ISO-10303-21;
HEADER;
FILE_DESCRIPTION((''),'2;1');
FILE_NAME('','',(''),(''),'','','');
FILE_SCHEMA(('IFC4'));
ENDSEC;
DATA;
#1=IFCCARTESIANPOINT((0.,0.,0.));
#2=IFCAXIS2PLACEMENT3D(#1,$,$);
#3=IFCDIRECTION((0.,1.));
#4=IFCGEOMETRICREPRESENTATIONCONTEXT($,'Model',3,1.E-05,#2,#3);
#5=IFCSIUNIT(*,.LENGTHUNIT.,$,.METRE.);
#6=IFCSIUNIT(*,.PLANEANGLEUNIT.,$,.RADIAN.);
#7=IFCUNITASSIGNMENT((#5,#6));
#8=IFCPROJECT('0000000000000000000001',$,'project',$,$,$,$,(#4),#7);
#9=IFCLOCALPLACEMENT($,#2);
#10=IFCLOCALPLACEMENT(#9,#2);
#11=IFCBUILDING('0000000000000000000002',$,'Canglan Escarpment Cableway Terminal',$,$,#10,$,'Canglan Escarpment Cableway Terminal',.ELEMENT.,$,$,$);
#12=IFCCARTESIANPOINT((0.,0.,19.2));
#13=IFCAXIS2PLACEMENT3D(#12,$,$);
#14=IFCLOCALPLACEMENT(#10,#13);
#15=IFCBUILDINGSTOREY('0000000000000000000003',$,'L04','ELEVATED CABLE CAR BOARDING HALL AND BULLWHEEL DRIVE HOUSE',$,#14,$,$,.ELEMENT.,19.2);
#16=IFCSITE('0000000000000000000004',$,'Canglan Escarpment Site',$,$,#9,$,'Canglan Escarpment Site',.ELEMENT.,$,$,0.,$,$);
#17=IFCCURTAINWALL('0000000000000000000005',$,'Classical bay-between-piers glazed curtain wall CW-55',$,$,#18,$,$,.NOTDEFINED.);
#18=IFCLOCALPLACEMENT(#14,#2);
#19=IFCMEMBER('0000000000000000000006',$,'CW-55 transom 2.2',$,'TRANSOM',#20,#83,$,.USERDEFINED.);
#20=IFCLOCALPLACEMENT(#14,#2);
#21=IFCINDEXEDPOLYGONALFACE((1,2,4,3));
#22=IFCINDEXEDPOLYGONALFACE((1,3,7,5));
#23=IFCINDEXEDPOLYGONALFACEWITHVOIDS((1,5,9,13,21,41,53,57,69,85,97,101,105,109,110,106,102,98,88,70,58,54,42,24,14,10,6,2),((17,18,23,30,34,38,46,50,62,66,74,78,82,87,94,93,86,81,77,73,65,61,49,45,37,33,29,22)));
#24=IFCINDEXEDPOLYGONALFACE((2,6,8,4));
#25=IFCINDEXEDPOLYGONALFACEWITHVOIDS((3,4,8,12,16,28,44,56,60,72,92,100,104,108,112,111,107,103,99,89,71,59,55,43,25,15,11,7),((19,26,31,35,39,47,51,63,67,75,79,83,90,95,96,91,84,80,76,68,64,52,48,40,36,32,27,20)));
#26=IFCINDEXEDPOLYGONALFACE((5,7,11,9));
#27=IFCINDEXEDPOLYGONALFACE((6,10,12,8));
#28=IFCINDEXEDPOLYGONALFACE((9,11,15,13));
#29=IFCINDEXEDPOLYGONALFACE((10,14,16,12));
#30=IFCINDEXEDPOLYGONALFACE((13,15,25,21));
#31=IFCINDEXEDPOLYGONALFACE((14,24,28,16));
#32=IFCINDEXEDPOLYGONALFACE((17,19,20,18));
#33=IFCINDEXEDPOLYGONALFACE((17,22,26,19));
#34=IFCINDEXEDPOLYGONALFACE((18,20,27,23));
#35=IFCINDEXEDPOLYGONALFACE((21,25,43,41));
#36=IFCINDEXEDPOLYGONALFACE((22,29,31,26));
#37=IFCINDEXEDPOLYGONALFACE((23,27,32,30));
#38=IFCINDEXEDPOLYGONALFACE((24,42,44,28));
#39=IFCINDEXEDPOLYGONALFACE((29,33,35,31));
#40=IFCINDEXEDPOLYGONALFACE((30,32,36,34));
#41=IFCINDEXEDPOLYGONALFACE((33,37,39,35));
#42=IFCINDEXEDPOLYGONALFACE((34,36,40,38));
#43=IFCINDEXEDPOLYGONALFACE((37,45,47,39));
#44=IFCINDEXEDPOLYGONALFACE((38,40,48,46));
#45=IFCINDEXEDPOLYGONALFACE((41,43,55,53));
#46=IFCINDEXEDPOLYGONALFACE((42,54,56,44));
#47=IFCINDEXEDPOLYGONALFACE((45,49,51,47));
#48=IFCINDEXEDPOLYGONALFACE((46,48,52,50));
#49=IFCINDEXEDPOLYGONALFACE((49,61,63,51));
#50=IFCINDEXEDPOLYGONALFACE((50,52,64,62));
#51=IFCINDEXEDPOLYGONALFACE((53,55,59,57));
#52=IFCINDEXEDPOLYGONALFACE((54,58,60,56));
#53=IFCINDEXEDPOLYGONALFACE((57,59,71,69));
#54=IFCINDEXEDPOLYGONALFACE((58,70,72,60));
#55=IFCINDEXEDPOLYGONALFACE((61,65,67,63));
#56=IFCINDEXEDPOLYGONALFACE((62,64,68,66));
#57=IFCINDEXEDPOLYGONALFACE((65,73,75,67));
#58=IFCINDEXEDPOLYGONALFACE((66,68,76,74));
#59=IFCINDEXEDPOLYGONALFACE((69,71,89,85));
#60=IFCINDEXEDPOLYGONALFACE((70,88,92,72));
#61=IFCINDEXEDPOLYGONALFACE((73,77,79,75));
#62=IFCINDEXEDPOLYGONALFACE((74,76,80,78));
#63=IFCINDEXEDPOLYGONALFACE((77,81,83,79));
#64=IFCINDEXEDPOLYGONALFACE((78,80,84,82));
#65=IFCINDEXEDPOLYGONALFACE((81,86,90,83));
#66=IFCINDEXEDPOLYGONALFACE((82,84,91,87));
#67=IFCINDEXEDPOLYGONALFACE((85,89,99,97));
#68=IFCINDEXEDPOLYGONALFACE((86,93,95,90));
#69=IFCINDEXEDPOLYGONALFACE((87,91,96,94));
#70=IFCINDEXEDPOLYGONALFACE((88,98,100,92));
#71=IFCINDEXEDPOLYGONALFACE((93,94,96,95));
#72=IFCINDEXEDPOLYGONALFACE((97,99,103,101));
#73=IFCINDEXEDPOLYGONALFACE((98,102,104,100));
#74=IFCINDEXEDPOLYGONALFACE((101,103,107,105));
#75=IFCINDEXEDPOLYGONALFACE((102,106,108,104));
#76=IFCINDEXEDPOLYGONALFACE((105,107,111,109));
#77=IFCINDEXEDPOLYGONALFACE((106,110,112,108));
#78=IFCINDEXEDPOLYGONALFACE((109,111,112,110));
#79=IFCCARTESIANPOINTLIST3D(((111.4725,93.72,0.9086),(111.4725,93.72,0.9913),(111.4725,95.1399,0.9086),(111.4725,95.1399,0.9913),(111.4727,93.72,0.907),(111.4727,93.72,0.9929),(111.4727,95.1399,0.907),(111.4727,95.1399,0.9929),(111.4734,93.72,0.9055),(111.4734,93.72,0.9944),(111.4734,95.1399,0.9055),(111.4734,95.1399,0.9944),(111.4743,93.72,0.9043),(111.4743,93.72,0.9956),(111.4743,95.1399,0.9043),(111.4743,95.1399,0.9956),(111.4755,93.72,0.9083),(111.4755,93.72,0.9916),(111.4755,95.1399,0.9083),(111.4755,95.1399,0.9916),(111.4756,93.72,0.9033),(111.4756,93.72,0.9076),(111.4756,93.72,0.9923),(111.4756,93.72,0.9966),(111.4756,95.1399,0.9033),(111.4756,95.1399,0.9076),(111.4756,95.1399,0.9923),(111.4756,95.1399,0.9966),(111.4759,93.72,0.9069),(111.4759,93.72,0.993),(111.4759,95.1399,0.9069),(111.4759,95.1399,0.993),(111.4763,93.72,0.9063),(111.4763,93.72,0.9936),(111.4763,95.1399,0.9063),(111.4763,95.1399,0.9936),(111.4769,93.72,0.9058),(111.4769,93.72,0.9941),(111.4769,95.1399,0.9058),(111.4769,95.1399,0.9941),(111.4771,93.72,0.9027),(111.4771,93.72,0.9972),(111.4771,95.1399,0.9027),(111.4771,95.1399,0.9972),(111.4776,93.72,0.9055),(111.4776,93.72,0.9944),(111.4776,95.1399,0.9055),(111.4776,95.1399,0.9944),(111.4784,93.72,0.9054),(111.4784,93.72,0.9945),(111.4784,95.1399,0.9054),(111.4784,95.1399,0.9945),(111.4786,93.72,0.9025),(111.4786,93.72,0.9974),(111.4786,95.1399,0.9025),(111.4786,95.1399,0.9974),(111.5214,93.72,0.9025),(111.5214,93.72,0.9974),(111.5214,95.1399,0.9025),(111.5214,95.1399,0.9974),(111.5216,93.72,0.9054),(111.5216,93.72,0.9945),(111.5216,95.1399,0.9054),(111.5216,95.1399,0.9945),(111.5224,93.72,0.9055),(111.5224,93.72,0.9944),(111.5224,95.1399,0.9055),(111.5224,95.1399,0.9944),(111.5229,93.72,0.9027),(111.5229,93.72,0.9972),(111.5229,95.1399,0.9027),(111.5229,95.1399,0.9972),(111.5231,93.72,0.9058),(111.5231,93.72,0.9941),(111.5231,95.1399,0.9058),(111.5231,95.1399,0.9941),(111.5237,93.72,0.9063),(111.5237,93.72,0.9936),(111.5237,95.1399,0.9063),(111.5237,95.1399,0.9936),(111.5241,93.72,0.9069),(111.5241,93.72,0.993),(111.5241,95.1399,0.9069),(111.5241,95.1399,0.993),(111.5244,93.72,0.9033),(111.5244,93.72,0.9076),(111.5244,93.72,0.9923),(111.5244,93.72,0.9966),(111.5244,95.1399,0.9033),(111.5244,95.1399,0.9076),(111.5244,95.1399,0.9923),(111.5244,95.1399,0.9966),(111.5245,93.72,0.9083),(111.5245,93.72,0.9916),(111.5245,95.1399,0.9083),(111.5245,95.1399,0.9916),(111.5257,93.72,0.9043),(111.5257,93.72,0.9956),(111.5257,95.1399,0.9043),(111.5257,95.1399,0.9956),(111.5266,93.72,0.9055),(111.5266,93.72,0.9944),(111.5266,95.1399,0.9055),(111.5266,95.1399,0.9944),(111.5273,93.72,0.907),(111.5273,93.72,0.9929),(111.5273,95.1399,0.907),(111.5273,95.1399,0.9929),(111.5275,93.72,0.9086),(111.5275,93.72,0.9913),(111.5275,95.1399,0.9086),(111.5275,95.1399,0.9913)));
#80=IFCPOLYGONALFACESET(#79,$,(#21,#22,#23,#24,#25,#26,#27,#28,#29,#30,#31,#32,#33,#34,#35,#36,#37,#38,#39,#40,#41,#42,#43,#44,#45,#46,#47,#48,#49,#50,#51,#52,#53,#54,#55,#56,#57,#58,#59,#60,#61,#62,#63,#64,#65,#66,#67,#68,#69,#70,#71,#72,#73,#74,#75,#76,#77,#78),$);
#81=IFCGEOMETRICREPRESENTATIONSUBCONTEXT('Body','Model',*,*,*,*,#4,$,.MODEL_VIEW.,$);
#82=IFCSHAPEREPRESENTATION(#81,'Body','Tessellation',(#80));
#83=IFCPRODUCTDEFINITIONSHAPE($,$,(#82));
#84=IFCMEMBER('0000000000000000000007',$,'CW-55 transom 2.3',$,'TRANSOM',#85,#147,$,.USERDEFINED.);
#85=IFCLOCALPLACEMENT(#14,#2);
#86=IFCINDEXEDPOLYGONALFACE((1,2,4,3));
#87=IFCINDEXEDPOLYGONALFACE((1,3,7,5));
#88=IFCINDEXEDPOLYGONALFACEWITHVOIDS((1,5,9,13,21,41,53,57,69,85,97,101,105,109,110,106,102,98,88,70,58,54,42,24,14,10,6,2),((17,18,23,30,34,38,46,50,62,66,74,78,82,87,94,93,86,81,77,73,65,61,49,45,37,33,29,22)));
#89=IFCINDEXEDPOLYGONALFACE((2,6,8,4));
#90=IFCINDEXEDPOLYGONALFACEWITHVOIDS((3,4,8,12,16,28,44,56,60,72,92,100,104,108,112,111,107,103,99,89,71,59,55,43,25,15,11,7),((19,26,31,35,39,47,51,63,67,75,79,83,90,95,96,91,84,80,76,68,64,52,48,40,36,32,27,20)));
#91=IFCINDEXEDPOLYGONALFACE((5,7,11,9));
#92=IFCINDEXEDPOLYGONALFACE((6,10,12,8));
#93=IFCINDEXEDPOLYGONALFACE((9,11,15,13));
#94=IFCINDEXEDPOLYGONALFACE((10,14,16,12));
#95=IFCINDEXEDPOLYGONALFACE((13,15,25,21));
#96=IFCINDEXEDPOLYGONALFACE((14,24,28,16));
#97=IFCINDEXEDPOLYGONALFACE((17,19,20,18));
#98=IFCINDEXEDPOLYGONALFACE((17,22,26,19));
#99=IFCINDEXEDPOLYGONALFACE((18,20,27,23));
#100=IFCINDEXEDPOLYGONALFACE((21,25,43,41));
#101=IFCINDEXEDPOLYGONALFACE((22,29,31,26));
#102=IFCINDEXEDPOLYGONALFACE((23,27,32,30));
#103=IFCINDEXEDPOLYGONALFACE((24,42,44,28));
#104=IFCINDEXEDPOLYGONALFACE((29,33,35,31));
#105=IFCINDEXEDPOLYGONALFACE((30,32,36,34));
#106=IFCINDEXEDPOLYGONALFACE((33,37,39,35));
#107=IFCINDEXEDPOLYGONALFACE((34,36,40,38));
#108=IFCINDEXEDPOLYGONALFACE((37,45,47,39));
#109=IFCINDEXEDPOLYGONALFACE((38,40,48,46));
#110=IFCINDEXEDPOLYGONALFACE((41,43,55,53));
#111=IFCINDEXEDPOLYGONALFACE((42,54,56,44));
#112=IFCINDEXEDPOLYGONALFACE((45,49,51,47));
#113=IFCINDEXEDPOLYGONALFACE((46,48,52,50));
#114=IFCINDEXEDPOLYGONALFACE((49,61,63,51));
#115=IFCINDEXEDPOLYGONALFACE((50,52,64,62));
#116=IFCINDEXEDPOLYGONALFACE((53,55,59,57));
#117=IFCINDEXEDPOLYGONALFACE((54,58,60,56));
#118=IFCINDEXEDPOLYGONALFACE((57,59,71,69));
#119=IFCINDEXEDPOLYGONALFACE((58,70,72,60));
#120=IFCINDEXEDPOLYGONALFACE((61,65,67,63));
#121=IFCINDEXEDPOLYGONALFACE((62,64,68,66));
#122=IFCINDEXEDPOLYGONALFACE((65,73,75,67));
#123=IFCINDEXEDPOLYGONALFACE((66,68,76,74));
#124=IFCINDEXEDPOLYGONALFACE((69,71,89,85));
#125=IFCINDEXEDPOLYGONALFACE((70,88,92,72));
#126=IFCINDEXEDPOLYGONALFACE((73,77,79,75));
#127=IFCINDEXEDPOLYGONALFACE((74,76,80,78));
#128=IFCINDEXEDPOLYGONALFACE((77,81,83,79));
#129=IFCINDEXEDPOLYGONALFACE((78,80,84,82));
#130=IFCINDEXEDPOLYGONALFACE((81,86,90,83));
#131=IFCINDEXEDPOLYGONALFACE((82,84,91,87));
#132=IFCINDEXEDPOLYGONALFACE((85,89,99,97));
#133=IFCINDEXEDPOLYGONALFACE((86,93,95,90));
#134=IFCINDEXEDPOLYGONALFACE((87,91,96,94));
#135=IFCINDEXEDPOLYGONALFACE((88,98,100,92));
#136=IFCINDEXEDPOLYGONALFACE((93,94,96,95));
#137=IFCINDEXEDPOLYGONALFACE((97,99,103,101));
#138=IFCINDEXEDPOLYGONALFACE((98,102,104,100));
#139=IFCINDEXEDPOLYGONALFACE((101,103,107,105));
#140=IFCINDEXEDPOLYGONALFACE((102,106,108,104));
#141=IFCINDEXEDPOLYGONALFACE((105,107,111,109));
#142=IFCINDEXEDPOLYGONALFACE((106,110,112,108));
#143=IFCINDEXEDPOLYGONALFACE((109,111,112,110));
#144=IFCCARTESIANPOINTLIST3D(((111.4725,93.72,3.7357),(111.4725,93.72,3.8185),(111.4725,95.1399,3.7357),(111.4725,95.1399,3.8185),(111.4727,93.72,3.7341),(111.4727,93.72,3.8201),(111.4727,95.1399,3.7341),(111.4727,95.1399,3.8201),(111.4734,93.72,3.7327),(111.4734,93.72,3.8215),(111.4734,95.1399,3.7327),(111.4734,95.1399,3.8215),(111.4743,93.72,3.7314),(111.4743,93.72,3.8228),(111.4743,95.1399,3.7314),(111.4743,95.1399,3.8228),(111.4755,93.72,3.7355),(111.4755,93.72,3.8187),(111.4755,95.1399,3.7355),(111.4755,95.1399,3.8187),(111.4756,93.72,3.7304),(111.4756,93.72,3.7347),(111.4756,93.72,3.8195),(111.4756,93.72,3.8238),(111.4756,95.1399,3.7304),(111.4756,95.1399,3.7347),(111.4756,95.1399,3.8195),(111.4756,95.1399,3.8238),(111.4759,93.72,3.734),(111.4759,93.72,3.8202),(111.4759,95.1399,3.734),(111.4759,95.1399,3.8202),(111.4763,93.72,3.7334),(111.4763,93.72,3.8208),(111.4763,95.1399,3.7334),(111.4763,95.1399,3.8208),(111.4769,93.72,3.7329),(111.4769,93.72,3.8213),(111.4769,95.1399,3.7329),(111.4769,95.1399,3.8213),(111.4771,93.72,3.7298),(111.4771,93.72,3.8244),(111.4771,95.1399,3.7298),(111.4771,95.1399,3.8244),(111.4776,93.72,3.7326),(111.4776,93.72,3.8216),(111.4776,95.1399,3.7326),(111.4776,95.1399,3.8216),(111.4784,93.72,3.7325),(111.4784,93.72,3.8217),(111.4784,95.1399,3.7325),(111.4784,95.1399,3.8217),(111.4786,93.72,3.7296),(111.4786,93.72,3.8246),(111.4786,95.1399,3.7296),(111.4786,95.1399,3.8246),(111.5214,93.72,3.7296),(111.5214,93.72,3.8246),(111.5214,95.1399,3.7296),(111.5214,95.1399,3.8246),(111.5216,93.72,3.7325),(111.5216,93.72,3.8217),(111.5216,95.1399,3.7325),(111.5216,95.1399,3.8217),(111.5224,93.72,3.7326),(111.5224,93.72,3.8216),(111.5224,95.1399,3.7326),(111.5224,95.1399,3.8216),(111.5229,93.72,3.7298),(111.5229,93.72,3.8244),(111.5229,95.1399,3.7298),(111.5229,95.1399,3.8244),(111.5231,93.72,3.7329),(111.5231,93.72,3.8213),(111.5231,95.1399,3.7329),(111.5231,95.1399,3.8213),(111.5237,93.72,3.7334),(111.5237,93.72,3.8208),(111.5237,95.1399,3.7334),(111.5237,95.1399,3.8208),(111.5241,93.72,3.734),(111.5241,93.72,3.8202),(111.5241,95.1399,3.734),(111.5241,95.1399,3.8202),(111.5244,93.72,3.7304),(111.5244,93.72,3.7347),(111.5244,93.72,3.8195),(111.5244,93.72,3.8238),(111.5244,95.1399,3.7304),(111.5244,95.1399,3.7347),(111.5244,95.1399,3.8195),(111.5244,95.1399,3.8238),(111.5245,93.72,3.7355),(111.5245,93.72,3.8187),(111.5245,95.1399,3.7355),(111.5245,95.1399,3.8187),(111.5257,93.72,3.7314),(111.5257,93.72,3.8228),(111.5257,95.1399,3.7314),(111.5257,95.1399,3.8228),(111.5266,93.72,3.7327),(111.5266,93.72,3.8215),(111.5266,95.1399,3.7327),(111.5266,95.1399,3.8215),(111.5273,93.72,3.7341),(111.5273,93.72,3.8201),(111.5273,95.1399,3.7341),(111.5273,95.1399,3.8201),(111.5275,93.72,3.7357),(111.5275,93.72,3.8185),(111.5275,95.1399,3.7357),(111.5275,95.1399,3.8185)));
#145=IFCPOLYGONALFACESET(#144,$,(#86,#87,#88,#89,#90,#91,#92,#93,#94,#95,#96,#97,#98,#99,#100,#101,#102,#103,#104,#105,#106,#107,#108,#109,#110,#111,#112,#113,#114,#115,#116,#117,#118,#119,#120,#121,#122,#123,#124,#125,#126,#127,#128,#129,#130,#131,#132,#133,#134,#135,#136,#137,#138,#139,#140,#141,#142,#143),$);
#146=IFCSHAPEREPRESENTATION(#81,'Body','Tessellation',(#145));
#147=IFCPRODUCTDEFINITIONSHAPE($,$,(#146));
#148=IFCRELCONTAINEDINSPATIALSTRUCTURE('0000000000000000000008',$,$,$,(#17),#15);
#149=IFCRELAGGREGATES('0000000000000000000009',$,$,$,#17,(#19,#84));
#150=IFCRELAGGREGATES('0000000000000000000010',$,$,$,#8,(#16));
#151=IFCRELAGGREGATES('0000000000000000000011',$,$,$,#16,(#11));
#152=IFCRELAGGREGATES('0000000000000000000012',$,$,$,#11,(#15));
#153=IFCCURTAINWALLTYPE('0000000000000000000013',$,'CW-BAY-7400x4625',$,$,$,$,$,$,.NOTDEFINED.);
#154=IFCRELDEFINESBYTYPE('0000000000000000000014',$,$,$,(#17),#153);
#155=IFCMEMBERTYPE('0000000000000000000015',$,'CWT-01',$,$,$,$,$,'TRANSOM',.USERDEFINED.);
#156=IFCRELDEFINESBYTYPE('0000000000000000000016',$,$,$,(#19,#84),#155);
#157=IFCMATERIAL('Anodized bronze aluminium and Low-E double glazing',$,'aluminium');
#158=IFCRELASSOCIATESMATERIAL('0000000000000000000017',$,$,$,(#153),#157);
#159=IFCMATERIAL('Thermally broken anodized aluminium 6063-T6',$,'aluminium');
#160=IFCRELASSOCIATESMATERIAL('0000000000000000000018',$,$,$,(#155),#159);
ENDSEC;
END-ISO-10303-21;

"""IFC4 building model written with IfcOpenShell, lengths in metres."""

from ifc_helpers import new_model, si_unit, direction, frame, origin, origin_2d, place, context, subcontext, project, spatial, hollow_rectangle, extrude, material, material_profile, profile_set, type_object, element, aggregate, save


model = new_model("IFC4")

# Units and contexts
model_context = context("Model", 3, precision=1e-05, world=origin(), true_north=direction((0.0, 1.0)))
body_context = subcontext(model_context, "Body", "Model", "MODEL_VIEW")
ifc_project = project(units=[si_unit("LENGTHUNIT", "METRE"), si_unit("PLANEANGLEUNIT", "RADIAN")], contexts=[model_context])

# Site, building, storey
site_placement = place(None, origin())
site = spatial("IfcSite", under=ifc_project, at=site_placement, Name="Canglan Escarpment Site", LongName="Canglan Escarpment Site", CompositionType="ELEMENT", RefElevation=0.0)
building_placement = place(site_placement, origin())
building = spatial("IfcBuilding", under=site, at=building_placement, Name="Canglan Escarpment Cableway Terminal", LongName="Canglan Escarpment Cableway Terminal", CompositionType="ELEMENT")
storey_placement = place(building_placement, frame((0.0, 0.0, 19.2)))
storey = spatial("IfcBuildingStorey", under=building, at=storey_placement, Name="L04", Description="ELEVATED CABLE CAR BOARDING HALL AND BULLWHEEL DRIVE HOUSE", CompositionType="ELEMENT", Elevation=19.2)

# Curtain wall
ifc_material_1 = material(Name="Anodized bronze aluminium and Low-E double glazing", Category="aluminium")
curtain_wall_type_1 = type_object("IfcCurtainWallType", Name="CW-BAY-7400x4625", PredefinedType="NOTDEFINED", material=ifc_material_1)
curtain_wall_1_placement = place(storey_placement, origin())
curtain_wall_1 = element("IfcCurtainWall", 1, at=curtain_wall_1_placement, inside=storey, type_object=curtain_wall_type_1, Name="Classical bay-between-piers glazed curtain wall CW-55", PredefinedType="NOTDEFINED")
ifc_material_2 = material(Name="Thermally broken anodized aluminium 6063-T6", Category="aluminium")

# Members
ifc_material_profile_1 = material_profile(ifc_material_2, hollow_rectangle(XDim=0.0549, YDim=0.095, WallThickness=0.0029, InnerFilletRadius=0.0029, OuterFilletRadius=0.0061, at=origin_2d()), Name="ALU-TRAN 55x95x3")
ifc_profile_set_1 = profile_set([ifc_material_profile_1], Name="Thermally broken anodized aluminium 6063-T6")
member_type_1 = type_object("IfcMemberType", Name="CWT-01", ElementType="TRANSOM", PredefinedType="USERDEFINED", material=ifc_profile_set_1)
member_1_placement = place(storey_placement, frame((111.5, 95.1399, 0.95), z_axis=(0.0, -1.0, 0.0), x_axis=(1.0, 0.0, 0.0)))
member_1 = element("IfcMember", 2, at=member_1_placement, type_object=member_type_1, Name="CW-55 transom 2.2", ObjectType="TRANSOM", PredefinedType="USERDEFINED", context=body_context, shape_type="SweptSolid", body=[
    extrude(hollow_rectangle(XDim=0.0549, YDim=0.095, WallThickness=0.0029, InnerFilletRadius=0.0029, OuterFilletRadius=0.0061, at=origin_2d()), origin(), (0.0, 0.0, 1.0), 1.4199),
])
member_2_placement = place(storey_placement, frame((111.5, 95.1399, 3.7771), z_axis=(0.0, -1.0, 0.0), x_axis=(1.0, 0.0, 0.0)))
member_2 = element("IfcMember", 3, at=member_2_placement, type_object=member_type_1, Name="CW-55 transom 2.3", ObjectType="TRANSOM", PredefinedType="USERDEFINED", context=body_context, shape_type="SweptSolid", body=[
    extrude(hollow_rectangle(XDim=0.0549, YDim=0.095, WallThickness=0.0029, InnerFilletRadius=0.0029, OuterFilletRadius=0.0061, at=origin_2d()), origin(), (0.0, 0.0, 1.0), 1.4199),
])

aggregate(curtain_wall_1, [member_1, member_2])

save(model, "model.ifc")
